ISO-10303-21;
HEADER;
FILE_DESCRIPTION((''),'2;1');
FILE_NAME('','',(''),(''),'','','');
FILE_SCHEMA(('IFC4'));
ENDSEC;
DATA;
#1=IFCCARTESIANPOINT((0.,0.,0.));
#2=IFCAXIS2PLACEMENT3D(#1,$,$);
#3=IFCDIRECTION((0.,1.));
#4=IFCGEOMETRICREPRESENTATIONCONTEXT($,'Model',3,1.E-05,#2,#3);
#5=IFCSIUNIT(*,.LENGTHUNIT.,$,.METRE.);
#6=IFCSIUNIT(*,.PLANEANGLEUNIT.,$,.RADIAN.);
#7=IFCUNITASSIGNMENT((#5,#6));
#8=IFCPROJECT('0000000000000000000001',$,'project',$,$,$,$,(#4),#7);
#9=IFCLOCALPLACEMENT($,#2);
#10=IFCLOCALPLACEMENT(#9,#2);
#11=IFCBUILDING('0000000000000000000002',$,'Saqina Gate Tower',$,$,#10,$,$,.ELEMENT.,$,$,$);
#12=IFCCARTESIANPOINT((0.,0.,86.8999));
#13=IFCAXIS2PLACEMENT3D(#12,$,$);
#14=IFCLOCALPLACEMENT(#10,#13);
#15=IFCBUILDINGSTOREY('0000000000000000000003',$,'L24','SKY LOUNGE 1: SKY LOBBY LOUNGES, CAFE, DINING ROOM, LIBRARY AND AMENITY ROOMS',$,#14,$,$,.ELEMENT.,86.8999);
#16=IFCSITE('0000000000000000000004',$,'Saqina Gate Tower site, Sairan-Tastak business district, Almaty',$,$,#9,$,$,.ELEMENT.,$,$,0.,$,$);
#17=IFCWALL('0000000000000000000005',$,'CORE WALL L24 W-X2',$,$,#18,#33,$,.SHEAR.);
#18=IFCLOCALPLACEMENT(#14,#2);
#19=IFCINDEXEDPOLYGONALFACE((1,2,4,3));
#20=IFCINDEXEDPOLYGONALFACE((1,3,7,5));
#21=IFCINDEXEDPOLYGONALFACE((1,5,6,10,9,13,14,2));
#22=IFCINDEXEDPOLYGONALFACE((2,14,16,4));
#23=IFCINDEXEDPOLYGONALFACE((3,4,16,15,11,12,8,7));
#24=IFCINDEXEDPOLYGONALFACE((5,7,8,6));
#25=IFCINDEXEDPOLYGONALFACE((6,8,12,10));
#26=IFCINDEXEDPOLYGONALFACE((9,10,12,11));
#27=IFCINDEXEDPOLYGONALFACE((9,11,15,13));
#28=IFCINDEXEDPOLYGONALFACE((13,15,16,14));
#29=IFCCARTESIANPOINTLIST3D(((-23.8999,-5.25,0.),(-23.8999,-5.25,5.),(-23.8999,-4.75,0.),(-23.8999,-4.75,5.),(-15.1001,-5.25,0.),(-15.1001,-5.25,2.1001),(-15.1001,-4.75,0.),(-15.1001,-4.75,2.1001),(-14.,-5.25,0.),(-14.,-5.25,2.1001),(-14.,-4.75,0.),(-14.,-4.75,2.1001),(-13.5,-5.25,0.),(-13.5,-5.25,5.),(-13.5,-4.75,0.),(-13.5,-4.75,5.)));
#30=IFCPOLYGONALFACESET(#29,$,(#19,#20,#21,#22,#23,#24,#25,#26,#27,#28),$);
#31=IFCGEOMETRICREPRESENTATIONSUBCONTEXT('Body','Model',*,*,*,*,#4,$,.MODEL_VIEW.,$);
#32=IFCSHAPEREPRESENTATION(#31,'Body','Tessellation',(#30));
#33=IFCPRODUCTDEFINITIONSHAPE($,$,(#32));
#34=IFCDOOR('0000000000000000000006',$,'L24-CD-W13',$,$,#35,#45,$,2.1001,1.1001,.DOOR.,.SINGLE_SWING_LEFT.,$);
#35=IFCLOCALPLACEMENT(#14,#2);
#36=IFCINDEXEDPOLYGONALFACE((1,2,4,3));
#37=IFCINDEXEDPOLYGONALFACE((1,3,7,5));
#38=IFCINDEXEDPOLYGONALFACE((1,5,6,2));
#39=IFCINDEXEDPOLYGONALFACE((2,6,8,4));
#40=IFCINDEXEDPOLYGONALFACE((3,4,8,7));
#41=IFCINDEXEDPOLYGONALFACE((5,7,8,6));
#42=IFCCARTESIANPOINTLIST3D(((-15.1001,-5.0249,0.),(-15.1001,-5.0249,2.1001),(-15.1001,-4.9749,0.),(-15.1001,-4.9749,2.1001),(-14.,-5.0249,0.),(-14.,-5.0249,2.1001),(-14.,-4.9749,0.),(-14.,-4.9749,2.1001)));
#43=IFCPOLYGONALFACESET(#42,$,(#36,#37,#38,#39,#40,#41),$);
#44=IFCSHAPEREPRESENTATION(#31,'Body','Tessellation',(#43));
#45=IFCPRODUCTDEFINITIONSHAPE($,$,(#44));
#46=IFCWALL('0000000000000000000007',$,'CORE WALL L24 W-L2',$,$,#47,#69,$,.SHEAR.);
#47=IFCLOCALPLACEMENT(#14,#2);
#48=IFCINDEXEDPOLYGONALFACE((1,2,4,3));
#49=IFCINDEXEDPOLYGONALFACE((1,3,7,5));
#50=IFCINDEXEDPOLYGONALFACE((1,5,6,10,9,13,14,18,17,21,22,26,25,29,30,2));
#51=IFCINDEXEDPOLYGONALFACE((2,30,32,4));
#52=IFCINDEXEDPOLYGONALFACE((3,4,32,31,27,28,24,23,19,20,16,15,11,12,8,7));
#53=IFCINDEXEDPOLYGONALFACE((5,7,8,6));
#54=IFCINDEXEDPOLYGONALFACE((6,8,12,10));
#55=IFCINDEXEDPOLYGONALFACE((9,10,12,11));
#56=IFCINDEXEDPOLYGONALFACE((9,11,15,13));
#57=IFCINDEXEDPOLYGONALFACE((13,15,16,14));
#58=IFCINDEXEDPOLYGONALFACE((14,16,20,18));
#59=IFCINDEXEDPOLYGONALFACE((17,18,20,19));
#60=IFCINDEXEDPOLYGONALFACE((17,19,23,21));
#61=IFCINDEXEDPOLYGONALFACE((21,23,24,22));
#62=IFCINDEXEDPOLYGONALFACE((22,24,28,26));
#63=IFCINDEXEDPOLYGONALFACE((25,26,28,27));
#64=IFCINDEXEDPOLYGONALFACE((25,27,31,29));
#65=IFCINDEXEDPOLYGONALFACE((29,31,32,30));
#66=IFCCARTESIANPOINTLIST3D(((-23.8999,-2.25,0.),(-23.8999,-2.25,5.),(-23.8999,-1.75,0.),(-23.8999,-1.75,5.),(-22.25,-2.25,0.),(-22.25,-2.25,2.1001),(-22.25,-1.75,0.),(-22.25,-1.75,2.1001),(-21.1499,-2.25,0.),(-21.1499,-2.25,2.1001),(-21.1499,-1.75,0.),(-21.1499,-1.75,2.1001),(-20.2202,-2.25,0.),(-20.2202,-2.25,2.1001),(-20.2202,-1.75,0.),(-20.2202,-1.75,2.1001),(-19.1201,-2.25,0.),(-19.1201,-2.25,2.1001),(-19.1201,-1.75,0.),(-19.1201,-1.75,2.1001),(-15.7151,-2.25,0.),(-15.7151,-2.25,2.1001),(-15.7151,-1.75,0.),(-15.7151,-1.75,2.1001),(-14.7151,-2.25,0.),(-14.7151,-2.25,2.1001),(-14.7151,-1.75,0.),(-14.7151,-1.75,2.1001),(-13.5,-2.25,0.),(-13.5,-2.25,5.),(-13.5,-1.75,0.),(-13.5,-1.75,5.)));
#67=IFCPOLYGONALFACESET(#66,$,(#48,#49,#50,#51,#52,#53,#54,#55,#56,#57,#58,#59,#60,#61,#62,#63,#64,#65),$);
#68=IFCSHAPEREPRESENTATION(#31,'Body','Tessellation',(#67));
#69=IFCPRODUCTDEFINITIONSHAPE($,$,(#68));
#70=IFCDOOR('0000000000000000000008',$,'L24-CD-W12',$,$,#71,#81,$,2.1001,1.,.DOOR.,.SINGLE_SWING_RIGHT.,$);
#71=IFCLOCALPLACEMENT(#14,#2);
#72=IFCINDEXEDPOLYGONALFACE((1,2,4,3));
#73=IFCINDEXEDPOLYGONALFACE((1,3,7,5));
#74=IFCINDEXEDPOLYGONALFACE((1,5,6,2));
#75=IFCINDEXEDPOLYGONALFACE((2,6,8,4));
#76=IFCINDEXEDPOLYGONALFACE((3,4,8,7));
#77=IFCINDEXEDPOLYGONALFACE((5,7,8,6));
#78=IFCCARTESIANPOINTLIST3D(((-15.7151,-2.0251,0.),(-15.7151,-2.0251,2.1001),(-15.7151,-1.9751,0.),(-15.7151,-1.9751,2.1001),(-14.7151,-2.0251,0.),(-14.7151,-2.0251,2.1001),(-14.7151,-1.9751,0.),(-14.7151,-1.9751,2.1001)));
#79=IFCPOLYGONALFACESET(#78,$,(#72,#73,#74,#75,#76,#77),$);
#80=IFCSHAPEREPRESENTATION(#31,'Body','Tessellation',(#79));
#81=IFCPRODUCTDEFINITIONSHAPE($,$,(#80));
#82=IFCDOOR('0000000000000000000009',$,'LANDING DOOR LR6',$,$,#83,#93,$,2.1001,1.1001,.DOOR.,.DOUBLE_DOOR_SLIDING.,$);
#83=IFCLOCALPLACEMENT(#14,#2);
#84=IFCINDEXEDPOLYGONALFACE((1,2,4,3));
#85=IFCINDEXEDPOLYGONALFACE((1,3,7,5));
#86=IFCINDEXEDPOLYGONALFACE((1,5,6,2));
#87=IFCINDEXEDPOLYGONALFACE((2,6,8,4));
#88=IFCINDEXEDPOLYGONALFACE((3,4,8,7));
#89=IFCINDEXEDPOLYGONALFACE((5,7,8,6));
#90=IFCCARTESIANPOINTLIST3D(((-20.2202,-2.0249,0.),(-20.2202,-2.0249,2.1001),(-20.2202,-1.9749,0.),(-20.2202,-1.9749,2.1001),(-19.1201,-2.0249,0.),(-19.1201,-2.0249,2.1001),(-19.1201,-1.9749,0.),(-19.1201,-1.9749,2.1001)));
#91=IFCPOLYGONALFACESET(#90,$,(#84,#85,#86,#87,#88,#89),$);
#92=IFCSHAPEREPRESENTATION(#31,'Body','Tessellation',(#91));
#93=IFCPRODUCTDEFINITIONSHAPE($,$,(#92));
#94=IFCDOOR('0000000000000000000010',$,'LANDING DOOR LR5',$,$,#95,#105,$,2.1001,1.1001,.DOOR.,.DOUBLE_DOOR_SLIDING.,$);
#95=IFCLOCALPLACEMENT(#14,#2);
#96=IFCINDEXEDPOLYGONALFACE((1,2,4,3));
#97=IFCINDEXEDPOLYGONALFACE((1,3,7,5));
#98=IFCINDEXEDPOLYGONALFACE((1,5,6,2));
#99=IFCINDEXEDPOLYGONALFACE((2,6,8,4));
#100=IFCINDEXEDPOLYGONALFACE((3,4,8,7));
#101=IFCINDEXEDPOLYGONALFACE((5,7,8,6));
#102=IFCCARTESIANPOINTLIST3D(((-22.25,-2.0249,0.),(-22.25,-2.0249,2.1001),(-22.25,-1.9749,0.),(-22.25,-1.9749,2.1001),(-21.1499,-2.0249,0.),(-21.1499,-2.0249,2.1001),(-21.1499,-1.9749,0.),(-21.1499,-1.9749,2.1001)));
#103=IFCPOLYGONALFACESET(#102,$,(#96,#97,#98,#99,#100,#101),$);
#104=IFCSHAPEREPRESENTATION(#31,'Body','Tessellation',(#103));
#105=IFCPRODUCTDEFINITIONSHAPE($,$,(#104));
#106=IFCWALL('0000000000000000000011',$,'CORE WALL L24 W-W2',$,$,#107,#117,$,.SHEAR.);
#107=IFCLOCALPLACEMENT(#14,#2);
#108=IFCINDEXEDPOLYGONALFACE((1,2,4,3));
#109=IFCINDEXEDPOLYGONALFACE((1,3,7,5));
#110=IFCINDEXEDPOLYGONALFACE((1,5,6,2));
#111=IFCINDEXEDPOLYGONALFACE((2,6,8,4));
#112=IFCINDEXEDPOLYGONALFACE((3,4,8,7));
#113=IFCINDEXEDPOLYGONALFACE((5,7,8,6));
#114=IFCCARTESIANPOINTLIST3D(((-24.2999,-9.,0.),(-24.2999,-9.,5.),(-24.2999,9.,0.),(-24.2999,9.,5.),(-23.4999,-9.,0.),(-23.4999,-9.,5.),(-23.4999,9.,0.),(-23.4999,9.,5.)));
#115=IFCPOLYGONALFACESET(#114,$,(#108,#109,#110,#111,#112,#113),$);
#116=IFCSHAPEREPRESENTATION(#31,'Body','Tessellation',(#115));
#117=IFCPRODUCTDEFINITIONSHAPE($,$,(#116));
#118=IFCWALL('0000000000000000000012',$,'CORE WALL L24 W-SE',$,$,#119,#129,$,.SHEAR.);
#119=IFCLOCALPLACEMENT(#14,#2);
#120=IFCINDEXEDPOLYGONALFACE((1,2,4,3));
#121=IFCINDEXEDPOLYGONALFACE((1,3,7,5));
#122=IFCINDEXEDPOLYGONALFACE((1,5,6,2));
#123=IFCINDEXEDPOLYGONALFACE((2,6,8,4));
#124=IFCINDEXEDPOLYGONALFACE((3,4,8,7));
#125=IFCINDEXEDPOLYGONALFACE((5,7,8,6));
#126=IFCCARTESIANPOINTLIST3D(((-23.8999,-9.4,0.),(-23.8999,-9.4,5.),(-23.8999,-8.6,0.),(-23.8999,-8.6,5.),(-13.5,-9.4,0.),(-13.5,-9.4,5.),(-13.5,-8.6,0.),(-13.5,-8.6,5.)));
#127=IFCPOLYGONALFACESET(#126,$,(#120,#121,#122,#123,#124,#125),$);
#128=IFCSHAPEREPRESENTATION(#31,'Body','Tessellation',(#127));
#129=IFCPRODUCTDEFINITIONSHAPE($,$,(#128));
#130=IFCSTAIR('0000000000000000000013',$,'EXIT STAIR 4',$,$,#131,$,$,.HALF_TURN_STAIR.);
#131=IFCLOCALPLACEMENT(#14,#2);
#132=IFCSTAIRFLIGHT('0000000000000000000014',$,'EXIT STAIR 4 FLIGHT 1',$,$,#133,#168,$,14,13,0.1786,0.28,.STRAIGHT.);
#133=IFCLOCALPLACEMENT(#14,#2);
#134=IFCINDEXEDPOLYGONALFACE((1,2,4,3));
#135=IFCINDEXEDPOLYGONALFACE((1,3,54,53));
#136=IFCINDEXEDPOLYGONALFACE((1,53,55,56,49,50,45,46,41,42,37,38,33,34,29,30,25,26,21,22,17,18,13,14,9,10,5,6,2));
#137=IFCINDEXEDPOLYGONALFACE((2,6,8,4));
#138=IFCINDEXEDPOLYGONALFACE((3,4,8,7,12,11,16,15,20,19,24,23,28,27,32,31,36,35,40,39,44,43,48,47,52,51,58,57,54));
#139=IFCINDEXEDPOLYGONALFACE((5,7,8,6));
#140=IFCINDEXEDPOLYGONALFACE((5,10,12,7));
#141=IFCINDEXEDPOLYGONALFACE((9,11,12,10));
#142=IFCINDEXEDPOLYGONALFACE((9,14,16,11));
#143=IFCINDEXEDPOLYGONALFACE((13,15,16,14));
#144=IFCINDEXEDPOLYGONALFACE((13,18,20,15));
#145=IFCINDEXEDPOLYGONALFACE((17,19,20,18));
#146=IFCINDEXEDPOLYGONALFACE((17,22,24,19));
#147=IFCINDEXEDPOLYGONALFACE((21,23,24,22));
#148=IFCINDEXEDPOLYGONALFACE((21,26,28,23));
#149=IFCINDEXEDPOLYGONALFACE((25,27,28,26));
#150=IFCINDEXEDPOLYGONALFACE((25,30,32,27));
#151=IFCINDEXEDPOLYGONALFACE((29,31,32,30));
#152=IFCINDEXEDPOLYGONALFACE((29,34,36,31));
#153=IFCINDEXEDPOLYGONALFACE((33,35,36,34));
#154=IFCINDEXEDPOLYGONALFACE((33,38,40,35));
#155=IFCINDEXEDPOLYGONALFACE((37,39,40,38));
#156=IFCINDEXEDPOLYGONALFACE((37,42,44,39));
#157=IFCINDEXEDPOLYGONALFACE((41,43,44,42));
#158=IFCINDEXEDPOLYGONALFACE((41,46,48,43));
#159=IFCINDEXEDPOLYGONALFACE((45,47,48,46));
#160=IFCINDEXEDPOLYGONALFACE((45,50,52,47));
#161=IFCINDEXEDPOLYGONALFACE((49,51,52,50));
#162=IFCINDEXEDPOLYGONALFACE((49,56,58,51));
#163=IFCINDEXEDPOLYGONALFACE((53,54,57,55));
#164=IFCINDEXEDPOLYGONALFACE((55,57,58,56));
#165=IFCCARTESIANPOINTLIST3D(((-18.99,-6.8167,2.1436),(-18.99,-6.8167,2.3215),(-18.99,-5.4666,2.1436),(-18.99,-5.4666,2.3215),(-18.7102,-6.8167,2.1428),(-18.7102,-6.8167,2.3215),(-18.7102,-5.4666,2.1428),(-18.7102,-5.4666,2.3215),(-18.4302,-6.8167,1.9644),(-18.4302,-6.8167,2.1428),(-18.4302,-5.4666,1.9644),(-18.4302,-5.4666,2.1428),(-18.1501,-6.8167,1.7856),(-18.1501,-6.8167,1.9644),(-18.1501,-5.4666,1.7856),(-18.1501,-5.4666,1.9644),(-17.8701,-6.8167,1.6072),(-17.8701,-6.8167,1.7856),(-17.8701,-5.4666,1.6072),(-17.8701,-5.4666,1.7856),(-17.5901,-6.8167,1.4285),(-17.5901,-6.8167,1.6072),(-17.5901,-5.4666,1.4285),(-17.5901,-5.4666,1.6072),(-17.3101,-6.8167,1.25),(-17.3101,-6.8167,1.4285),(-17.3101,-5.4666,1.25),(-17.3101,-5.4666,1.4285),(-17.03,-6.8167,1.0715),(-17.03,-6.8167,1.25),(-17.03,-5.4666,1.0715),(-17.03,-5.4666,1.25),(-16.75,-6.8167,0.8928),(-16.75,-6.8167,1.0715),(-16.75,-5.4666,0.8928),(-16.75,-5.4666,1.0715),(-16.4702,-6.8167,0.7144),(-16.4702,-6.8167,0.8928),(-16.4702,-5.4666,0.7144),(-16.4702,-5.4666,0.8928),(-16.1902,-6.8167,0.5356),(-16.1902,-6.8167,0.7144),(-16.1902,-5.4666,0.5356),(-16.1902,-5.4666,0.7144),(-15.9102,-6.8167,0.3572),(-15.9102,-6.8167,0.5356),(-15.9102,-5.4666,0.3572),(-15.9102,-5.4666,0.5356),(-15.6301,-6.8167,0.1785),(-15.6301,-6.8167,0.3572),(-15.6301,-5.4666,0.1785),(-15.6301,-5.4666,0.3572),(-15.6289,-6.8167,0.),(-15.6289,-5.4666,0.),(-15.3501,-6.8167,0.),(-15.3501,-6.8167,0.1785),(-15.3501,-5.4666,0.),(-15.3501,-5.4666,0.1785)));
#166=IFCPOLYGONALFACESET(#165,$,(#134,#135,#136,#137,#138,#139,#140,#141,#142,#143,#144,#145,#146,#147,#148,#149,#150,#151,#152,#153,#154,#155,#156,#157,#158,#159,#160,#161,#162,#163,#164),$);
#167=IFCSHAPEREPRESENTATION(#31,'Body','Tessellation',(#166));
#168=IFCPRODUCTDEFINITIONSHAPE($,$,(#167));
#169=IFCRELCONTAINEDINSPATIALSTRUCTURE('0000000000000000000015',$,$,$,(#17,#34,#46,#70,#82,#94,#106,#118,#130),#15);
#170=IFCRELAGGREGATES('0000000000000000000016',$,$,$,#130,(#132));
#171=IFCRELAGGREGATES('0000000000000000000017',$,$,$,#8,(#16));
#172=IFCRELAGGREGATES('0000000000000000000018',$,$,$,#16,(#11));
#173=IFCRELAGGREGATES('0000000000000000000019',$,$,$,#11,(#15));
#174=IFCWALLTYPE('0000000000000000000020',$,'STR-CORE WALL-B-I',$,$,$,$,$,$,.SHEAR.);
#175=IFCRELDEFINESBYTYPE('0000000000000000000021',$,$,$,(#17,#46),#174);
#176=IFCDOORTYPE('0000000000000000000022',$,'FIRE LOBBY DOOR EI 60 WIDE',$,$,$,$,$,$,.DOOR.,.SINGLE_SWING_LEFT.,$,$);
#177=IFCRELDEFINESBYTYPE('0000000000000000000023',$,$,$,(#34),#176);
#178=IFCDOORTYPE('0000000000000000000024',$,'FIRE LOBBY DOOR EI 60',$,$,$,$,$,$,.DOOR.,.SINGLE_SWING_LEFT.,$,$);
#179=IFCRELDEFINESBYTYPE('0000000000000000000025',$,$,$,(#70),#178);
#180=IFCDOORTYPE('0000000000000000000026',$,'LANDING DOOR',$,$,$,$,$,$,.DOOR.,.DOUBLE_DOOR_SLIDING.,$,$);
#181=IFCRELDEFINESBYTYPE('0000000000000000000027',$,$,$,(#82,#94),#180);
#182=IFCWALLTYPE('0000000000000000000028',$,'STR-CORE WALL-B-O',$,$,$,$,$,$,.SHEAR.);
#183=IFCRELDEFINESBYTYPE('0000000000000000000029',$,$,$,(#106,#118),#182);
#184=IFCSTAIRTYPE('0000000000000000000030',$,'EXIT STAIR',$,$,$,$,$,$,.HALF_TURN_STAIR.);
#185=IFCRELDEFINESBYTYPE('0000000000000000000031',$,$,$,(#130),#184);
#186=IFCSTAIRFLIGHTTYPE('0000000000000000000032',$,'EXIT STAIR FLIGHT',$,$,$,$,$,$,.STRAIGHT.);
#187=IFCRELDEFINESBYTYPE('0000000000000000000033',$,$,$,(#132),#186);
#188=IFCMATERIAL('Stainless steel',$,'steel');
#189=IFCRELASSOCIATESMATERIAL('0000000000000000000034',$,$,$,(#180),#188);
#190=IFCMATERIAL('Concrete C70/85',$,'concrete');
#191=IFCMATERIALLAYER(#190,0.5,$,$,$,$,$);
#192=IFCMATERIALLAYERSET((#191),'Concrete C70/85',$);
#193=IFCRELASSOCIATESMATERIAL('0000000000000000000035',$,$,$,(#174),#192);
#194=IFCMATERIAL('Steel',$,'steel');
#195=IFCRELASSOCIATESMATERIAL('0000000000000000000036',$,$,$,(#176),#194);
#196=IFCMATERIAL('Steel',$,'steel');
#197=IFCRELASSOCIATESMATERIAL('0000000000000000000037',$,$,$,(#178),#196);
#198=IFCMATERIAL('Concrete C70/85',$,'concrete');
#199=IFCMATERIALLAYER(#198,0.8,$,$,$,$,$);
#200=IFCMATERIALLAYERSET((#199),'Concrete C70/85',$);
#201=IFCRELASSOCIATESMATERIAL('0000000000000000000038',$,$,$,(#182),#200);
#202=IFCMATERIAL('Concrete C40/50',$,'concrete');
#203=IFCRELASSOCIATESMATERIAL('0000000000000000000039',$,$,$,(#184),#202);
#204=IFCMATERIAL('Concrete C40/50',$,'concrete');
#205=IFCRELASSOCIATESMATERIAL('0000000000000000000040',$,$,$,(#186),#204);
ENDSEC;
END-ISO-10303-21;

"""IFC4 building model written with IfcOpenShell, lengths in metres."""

from ifc_helpers import new_model, si_unit, direction, frame, frame_2d, origin, place, context, subcontext, project, spatial, polyline, rectangle, outline, extrude, material, layer, layer_set, type_object, element, fill, aggregate, save


model = new_model("IFC4")

# Units and contexts
model_context = context("Model", 3, precision=1e-05, world=origin(), true_north=direction((0.0, 1.0)))
body_context = subcontext(model_context, "Body", "Model", "MODEL_VIEW")
ifc_project = project(units=[si_unit("LENGTHUNIT", "METRE"), si_unit("PLANEANGLEUNIT", "RADIAN")], contexts=[model_context])

# Site, building, storey
site_placement = place(None, origin())
site = spatial("IfcSite", under=ifc_project, at=site_placement, Name="Saqina Gate Tower site, Sairan-Tastak business district, Almaty", CompositionType="ELEMENT", RefElevation=0.0)
building_placement = place(site_placement, origin())
building = spatial("IfcBuilding", under=site, at=building_placement, Name="Saqina Gate Tower", CompositionType="ELEMENT")
storey_placement = place(building_placement, frame((0.0, 0.0, 86.8999)))
storey = spatial("IfcBuildingStorey", under=building, at=storey_placement, Name="L24", Description="SKY LOUNGE 1: SKY LOBBY LOUNGES, CAFE, DINING ROOM, LIBRARY AND AMENITY ROOMS", CompositionType="ELEMENT", Elevation=86.8999)

# Shared definitions
ifc_material_1 = material(Name="Stainless steel", Category="steel")
door_type_1 = type_object("IfcDoorType", Name="LANDING DOOR", OperationType="DOUBLE_DOOR_SLIDING", PredefinedType="DOOR", material=ifc_material_1)

# Wall, opening, door
ifc_material_2 = material(Name="Concrete C70/85", Category="concrete")
ifc_layer_1 = layer(ifc_material_2, 0.5)
ifc_layer_set_1 = layer_set([ifc_layer_1], Name="Concrete C70/85")
wall_type_1 = type_object("IfcWallType", Name="STR-CORE WALL-B-I", PredefinedType="SHEAR", material=ifc_layer_set_1)
wall_1_placement = place(storey_placement, frame((-13.5, -5.0, 0.0), z_axis=(0.0, 0.0, 1.0), x_axis=(-1.0, 0.0, 0.0)))
wall_1 = element("IfcWall", 1, at=wall_1_placement, inside=storey, type_object=wall_type_1, Name="CORE WALL L24 W-X2", PredefinedType="SHEAR", context=body_context, shape_type="SweptSolid", body=[
    extrude(rectangle(XDim=10.3999, YDim=0.5, at=frame_2d((5.2, 0.0))), origin(), (0.0, 0.0, 1.0), 5.0),
])
opening_1_placement = place(wall_1_placement, frame((0.5, 0.0, 0.0)))
opening_1 = element("IfcOpeningElement", 2, at=opening_1_placement, cuts=wall_1, PredefinedType="OPENING", context=body_context, shape_type="SweptSolid", body=[
    extrude(rectangle(XDim=1.1001, YDim=2.1001, at=frame_2d((0.55, 1.05))), frame((0.0, 0.262, 0.0), z_axis=(0.0, -1.0, 0.0), x_axis=(1.0, 0.0, 0.0)), (0.0, 0.0, 1.0), 0.5239),
])
ifc_material_3 = material(Name="Steel", Category="steel")
door_type_2 = type_object("IfcDoorType", Name="FIRE LOBBY DOOR EI 60 WIDE", OperationType="SINGLE_SWING_LEFT", PredefinedType="DOOR", material=ifc_material_3)
door_1_placement = place(opening_1_placement, origin())
door_1 = element("IfcDoor", 3, at=door_1_placement, inside=storey, type_object=door_type_2, Name="L24-CD-W13", OperationType="SINGLE_SWING_LEFT", OverallHeight=2.1001, OverallWidth=1.1001, PredefinedType="DOOR", context=body_context, shape_type="SweptSolid", body=[
    extrude(rectangle(XDim=1.1001, YDim=2.1001, at=frame_2d((0.55, 1.05))), frame((0.0, 0.0249, 0.0), z_axis=(0.0, -1.0, 0.0), x_axis=(1.0, 0.0, 0.0)), (0.0, 0.0, 1.0), 0.05),
])
fill(opening_1, door_1)

# Wall, openings, doors
wall_2_placement = place(storey_placement, frame((-13.5, -2.0, 0.0), z_axis=(0.0, 0.0, 1.0), x_axis=(-1.0, 0.0, 0.0)))
wall_2 = element("IfcWall", 4, at=wall_2_placement, inside=storey, type_object=wall_type_1, Name="CORE WALL L24 W-L2", PredefinedType="SHEAR", context=body_context, shape_type="SweptSolid", body=[
    extrude(rectangle(XDim=10.3999, YDim=0.5, at=frame_2d((5.2, 0.0))), origin(), (0.0, 0.0, 1.0), 5.0),
])
opening_2_placement = place(wall_2_placement, frame((5.6201, 0.0, 0.0)))
opening_2 = element("IfcOpeningElement", 5, at=opening_2_placement, cuts=wall_2, PredefinedType="OPENING", context=body_context, shape_type="SweptSolid", body=[
    extrude(rectangle(XDim=1.1001, YDim=2.1001, at=frame_2d((0.55, 1.05))), frame((0.0, 0.262, 0.0), z_axis=(0.0, -1.0, 0.0), x_axis=(1.0, 0.0, 0.0)), (0.0, 0.0, 1.0), 0.5239),
])
opening_3_placement = place(wall_2_placement, frame((7.6499, 0.0, 0.0)))
opening_3 = element("IfcOpeningElement", 6, at=opening_3_placement, cuts=wall_2, PredefinedType="OPENING", context=body_context, shape_type="SweptSolid", body=[
    extrude(rectangle(XDim=1.1001, YDim=2.1001, at=frame_2d((0.55, 1.05))), frame((0.0, 0.262, 0.0), z_axis=(0.0, -1.0, 0.0), x_axis=(1.0, 0.0, 0.0)), (0.0, 0.0, 1.0), 0.5239),
])
opening_4_placement = place(wall_2_placement, frame((1.2151, 0.0, 0.0)))
opening_4 = element("IfcOpeningElement", 7, at=opening_4_placement, cuts=wall_2, PredefinedType="OPENING", context=body_context, shape_type="SweptSolid", body=[
    extrude(rectangle(XDim=1.0, YDim=2.1001, at=frame_2d((0.5, 1.05))), frame((0.0, 0.262, 0.0), z_axis=(0.0, -1.0, 0.0), x_axis=(1.0, 0.0, 0.0)), (0.0, 0.0, 1.0), 0.5239),
])
ifc_material_4 = material(Name="Steel", Category="steel")
door_type_3 = type_object("IfcDoorType", Name="FIRE LOBBY DOOR EI 60", OperationType="SINGLE_SWING_LEFT", PredefinedType="DOOR", material=ifc_material_4)
door_2_placement = place(opening_4_placement, frame((1.0, 0.0, 0.0), z_axis=(0.0, 0.0, 1.0), x_axis=(-1.0, 0.0, 0.0)))
door_2 = element("IfcDoor", 8, at=door_2_placement, inside=storey, type_object=door_type_3, Name="L24-CD-W12", OperationType="SINGLE_SWING_RIGHT", OverallHeight=2.1001, OverallWidth=1.0, PredefinedType="DOOR", context=body_context, shape_type="SweptSolid", body=[
    extrude(rectangle(XDim=1.0, YDim=2.1001, at=frame_2d((0.5, 1.05))), frame((0.0, 0.0249, 0.0), z_axis=(0.0, -1.0, 0.0), x_axis=(1.0, 0.0, 0.0)), (0.0, 0.0, 1.0), 0.05),
])
fill(opening_4, door_2)
door_3_placement = place(opening_2_placement, origin())
door_3 = element("IfcDoor", 9, at=door_3_placement, inside=storey, type_object=door_type_1, Name="LANDING DOOR LR6", OperationType="DOUBLE_DOOR_SLIDING", OverallHeight=2.1001, OverallWidth=1.1001, PredefinedType="DOOR", context=body_context, shape_type="SweptSolid", body=[
    extrude(rectangle(XDim=1.1001, YDim=2.1001, at=frame_2d((0.55, 1.05))), frame((0.0, 0.0249, 0.0), z_axis=(0.0, -1.0, 0.0), x_axis=(1.0, 0.0, 0.0)), (0.0, 0.0, 1.0), 0.05),
])
fill(opening_2, door_3)
door_4_placement = place(opening_3_placement, origin())
door_4 = element("IfcDoor", 10, at=door_4_placement, inside=storey, type_object=door_type_1, Name="LANDING DOOR LR5", OperationType="DOUBLE_DOOR_SLIDING", OverallHeight=2.1001, OverallWidth=1.1001, PredefinedType="DOOR", context=body_context, shape_type="SweptSolid", body=[
    extrude(rectangle(XDim=1.1001, YDim=2.1001, at=frame_2d((0.55, 1.05))), frame((0.0, 0.0249, 0.0), z_axis=(0.0, -1.0, 0.0), x_axis=(1.0, 0.0, 0.0)), (0.0, 0.0, 1.0), 0.05),
])
fill(opening_3, door_4)
ifc_material_5 = material(Name="Concrete C70/85", Category="concrete")
ifc_layer_2 = layer(ifc_material_5, 0.8)
ifc_layer_set_2 = layer_set([ifc_layer_2], Name="Concrete C70/85")
wall_type_2 = type_object("IfcWallType", Name="STR-CORE WALL-B-O", PredefinedType="SHEAR", material=ifc_layer_set_2)

# Walls
wall_3_placement = place(storey_placement, frame((-23.8999, -9.0, 0.0), z_axis=(0.0, 0.0, 1.0), x_axis=(0.0, 1.0, 0.0)))
element("IfcWall", 11, at=wall_3_placement, inside=storey, type_object=wall_type_2, Name="CORE WALL L24 W-W2", PredefinedType="SHEAR", context=body_context, shape_type="SweptSolid", body=[
    extrude(rectangle(XDim=18.0, YDim=0.8, at=frame_2d((9.0, 0.0))), origin(), (0.0, 0.0, 1.0), 5.0),
])
wall_4_placement = place(storey_placement, frame((-13.5, -9.0, 0.0), z_axis=(0.0, 0.0, 1.0), x_axis=(-1.0, 0.0, 0.0)))
element("IfcWall", 12, at=wall_4_placement, inside=storey, type_object=wall_type_2, Name="CORE WALL L24 W-SE", PredefinedType="SHEAR", context=body_context, shape_type="SweptSolid", body=[
    extrude(rectangle(XDim=10.3999, YDim=0.8, at=frame_2d((5.2, 0.0))), origin(), (0.0, 0.0, 1.0), 5.0),
])

# Stair, stair flight
ifc_material_6 = material(Name="Concrete C40/50", Category="concrete")
stair_type = type_object("IfcStairType", Name="EXIT STAIR", PredefinedType="HALF_TURN_STAIR", material=ifc_material_6)
stair_placement = place(storey_placement, origin())
stair = element("IfcStair", 13, at=stair_placement, inside=storey, type_object=stair_type, Name="EXIT STAIR 4", PredefinedType="HALF_TURN_STAIR")
ifc_material_7 = material(Name="Concrete C40/50", Category="concrete")
stair_flight_type = type_object("IfcStairFlightType", Name="EXIT STAIR FLIGHT", PredefinedType="STRAIGHT", material=ifc_material_7)
stair_flight_1_placement = place(storey_placement, frame((-15.3501, -6.1416, 0.0), z_axis=(0.0, 0.0, 1.0), x_axis=(-1.0, 0.0, 0.0)))
stair_flight_1 = element("IfcStairFlight", 14, at=stair_flight_1_placement, type_object=stair_flight_type, Name="EXIT STAIR 4 FLIGHT 1", NumberOfRisers=14, NumberOfTreads=13, PredefinedType="STRAIGHT", RiserHeight=0.1786, TreadLength=0.28, context=body_context, shape_type="SweptSolid", body=[
    extrude(outline(polyline([(0.0, 0.0), (0.0, 0.1785), (0.28, 0.1785), (0.28, 0.3572), (0.5601, 0.3572), (0.5601, 0.5356), (0.8401, 0.5356), (0.8401, 0.7144), (1.1201, 0.7144), (1.1201, 0.8928), (1.3999, 0.8928), (1.3999, 1.0715), (1.6799, 1.0715), (1.6799, 1.25), (1.96, 1.25), (1.96, 1.4285), (2.24, 1.4285), (2.24, 1.6072), (2.52, 1.6072), (2.52, 1.7856), (2.8, 1.7856), (2.8, 1.9644), (3.0801, 1.9644), (3.0801, 2.1428), (3.3601, 2.1428), (3.3601, 2.3215), (3.6399, 2.3215), (3.6399, 2.5), (3.6399, 2.1436), (0.2788, 0.0), (0.0, 0.0)])), frame((0.0, 0.675, 0.0), z_axis=(0.0, -1.0, 0.0), x_axis=(1.0, 0.0, 0.0)), (0.0, 0.0, 1.0), 1.3501),
])
aggregate(stair, [stair_flight_1])

save(model, "model.ifc")
